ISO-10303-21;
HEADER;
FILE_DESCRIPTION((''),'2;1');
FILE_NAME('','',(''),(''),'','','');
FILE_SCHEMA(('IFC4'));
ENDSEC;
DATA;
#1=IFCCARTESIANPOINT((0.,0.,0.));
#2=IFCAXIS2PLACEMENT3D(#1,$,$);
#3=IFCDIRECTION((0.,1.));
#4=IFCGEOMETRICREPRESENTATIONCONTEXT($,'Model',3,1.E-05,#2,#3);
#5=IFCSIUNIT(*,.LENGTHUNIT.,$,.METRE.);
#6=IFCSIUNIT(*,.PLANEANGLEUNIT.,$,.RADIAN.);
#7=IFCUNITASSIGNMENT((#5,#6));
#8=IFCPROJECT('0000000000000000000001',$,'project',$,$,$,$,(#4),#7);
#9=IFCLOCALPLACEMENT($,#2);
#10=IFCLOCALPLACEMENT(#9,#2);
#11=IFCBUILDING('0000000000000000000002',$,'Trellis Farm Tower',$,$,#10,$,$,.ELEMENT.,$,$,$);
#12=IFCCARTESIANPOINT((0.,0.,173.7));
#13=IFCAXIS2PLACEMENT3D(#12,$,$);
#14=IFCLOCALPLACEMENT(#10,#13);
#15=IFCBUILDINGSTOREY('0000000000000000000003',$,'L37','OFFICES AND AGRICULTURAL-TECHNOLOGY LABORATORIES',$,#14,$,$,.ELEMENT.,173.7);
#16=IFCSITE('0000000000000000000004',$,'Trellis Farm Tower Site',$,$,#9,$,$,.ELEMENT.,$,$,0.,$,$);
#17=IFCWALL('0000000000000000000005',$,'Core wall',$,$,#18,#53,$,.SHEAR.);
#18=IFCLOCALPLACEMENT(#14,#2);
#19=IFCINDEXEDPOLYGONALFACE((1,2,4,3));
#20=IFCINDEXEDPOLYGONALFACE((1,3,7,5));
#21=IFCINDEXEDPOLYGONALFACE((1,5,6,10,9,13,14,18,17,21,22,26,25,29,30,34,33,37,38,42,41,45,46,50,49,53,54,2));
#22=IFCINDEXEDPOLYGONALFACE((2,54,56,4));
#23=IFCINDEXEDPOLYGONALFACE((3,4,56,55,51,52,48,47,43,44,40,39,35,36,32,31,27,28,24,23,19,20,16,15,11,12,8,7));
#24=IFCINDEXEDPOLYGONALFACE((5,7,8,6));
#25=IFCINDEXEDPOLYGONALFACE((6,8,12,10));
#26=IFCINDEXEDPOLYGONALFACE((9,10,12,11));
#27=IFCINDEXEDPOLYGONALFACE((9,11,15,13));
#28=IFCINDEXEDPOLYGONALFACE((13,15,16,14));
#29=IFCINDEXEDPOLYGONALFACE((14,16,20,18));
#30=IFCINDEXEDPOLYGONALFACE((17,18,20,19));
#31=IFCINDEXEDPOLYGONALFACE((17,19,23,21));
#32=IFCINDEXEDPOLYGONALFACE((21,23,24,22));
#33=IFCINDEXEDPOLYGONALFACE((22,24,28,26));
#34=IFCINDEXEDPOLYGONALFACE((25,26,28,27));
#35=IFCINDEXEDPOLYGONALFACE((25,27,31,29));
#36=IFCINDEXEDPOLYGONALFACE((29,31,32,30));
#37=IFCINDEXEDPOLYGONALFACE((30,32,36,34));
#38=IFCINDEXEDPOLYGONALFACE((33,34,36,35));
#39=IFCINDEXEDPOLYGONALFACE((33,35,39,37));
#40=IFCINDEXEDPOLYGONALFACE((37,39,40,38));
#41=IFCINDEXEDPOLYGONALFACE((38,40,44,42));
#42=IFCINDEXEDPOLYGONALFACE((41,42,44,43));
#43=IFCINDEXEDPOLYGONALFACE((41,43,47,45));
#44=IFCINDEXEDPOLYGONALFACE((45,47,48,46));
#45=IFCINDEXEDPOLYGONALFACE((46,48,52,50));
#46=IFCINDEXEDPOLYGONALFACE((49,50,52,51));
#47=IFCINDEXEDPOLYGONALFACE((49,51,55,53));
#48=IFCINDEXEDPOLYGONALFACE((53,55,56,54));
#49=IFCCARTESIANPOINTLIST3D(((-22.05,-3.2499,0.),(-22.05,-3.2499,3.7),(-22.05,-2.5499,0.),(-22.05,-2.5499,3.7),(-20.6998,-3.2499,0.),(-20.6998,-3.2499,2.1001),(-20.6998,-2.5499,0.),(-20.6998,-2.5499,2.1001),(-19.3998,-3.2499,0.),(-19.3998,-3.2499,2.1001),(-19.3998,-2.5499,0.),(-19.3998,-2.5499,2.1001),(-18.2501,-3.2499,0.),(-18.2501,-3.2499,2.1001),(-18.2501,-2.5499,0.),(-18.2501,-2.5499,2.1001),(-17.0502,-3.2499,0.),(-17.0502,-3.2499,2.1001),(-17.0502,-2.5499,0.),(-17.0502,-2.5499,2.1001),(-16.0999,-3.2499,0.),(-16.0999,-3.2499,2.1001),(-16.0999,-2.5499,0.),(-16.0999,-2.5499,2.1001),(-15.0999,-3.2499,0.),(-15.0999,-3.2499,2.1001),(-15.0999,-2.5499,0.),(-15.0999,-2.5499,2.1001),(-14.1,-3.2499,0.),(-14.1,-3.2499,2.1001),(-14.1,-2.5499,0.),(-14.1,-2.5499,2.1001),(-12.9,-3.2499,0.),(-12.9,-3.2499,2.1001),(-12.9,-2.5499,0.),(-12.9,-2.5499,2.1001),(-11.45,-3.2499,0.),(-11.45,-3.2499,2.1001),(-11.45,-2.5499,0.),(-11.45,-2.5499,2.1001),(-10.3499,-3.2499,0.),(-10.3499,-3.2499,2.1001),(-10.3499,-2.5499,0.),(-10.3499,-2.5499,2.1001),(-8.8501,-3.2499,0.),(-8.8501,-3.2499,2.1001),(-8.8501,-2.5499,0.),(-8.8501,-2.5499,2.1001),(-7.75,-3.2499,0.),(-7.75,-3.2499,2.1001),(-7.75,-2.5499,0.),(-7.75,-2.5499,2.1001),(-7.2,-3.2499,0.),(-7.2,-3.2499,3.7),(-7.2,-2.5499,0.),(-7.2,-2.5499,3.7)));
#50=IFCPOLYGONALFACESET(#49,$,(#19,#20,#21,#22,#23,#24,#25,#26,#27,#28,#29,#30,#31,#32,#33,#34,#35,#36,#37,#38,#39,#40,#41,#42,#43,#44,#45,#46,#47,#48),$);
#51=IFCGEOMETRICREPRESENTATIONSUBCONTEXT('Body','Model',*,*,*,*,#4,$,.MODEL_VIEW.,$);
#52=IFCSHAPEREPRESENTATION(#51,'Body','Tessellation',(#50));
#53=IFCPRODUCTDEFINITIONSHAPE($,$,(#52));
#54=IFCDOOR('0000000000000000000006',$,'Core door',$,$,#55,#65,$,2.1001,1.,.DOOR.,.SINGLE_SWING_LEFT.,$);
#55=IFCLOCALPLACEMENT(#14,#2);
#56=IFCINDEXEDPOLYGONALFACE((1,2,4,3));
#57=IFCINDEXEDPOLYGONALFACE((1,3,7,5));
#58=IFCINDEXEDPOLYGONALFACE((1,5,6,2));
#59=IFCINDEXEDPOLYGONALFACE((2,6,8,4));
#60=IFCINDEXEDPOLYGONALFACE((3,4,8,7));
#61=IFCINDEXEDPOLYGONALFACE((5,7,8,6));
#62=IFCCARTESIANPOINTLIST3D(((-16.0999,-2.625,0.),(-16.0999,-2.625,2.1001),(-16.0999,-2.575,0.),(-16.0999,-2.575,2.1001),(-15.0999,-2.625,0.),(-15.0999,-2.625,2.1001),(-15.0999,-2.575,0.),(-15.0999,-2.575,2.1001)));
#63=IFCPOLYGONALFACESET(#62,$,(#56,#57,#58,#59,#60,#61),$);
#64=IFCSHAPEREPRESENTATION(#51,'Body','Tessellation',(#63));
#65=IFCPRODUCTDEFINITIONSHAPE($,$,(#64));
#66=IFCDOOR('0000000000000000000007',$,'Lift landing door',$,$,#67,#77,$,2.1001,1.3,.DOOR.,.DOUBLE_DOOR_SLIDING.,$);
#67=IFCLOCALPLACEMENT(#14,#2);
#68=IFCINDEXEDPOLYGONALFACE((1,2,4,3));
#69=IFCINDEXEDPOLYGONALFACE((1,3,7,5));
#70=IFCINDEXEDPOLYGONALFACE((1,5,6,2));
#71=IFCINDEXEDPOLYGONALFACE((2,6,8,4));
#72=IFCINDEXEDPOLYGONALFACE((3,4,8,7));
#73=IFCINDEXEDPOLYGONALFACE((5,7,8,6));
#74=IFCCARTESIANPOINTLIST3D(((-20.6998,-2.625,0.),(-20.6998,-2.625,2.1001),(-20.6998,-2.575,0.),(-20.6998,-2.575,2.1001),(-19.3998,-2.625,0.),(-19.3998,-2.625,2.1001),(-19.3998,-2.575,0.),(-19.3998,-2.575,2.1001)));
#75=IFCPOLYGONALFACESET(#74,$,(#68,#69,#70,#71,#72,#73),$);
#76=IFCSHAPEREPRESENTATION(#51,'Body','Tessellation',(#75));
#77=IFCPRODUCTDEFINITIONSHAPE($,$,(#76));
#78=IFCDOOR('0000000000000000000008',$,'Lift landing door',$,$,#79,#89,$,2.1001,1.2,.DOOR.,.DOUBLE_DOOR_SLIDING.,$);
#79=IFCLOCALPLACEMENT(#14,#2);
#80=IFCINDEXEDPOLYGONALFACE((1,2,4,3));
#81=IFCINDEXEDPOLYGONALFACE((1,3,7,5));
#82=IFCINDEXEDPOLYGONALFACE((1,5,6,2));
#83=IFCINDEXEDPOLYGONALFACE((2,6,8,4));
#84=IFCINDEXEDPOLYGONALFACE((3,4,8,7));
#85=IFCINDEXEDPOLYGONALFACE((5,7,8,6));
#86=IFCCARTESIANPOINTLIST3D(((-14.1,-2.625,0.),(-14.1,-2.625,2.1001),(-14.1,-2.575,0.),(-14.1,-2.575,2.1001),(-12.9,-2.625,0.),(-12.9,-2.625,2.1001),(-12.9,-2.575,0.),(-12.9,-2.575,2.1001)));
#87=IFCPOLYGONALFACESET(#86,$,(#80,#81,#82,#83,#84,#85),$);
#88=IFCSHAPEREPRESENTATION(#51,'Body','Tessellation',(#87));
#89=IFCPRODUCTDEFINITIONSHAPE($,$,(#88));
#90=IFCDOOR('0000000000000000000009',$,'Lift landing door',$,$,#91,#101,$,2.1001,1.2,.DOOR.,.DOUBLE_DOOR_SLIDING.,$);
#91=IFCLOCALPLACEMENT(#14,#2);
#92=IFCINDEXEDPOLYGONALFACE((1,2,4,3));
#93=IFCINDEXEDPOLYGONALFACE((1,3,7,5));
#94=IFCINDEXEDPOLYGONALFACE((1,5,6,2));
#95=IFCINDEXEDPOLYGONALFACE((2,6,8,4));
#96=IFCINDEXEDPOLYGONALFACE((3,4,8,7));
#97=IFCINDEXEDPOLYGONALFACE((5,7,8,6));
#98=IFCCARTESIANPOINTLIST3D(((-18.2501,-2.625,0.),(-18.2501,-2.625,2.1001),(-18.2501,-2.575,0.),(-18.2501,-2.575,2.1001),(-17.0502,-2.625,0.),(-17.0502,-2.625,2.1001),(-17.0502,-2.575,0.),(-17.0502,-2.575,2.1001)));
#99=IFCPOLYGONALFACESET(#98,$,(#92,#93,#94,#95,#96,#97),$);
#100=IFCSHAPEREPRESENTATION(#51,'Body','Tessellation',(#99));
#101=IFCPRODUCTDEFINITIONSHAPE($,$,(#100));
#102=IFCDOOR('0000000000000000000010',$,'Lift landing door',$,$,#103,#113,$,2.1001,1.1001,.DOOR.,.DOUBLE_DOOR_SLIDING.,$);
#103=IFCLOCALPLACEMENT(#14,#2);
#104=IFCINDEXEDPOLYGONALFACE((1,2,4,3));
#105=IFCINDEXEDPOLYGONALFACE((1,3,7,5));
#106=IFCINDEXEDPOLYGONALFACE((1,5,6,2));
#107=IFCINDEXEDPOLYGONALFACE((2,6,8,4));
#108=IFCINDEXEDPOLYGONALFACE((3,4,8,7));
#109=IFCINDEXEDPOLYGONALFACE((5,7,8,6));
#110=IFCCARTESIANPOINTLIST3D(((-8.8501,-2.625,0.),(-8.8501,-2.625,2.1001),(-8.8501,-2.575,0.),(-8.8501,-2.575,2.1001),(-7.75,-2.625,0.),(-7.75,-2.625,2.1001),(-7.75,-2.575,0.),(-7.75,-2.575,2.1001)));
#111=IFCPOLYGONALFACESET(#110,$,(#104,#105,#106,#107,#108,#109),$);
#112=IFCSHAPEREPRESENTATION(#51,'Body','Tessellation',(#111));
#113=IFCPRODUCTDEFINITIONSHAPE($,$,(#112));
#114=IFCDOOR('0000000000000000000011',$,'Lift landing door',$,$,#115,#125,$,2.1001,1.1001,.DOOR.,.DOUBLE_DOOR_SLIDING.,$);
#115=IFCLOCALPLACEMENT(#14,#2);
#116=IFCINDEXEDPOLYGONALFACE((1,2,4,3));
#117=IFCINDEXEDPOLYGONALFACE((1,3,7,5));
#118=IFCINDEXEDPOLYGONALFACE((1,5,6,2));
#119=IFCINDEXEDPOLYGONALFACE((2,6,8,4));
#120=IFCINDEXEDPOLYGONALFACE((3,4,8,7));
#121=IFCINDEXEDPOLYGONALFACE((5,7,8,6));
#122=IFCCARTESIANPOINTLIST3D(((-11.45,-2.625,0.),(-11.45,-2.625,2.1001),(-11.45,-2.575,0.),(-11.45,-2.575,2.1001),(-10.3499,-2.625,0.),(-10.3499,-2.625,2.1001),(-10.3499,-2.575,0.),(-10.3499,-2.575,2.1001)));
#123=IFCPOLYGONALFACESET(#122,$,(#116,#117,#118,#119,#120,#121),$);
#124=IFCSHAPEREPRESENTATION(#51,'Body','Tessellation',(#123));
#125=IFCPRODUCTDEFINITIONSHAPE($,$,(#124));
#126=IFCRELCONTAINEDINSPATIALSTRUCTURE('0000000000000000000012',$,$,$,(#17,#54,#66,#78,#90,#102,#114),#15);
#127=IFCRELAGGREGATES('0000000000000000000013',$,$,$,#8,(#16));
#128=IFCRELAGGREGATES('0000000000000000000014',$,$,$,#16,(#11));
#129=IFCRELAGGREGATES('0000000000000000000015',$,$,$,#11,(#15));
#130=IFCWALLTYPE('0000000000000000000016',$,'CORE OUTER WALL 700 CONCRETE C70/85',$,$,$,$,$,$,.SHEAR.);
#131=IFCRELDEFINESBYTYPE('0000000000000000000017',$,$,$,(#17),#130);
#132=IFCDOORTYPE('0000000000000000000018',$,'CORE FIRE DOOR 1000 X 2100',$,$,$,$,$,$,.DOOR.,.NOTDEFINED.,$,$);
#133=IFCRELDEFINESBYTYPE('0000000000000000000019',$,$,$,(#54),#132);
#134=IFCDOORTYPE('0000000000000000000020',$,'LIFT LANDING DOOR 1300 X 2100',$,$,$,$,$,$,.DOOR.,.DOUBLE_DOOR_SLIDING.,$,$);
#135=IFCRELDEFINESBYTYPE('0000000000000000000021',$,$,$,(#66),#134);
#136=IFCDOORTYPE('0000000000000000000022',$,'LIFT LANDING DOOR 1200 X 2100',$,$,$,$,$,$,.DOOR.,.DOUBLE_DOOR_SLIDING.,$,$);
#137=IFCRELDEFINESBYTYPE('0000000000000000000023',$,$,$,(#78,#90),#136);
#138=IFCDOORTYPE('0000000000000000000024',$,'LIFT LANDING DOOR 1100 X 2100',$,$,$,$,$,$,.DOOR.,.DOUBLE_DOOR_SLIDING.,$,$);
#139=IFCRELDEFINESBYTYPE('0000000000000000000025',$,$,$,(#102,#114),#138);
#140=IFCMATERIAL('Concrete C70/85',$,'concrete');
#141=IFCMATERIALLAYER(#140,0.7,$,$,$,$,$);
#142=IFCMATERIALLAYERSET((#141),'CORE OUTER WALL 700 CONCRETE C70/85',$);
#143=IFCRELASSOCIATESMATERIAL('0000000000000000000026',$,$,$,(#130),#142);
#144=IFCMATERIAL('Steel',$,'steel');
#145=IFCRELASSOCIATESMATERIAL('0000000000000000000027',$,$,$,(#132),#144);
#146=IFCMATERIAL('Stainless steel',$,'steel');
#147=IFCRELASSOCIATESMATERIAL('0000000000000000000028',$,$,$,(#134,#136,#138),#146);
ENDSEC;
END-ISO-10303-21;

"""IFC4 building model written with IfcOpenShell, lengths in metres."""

from ifc_helpers import new_model, si_unit, direction, frame, frame_2d, origin, place, context, subcontext, project, spatial, rectangle, extrude, source, transform, mapped, material, layer, layer_set, type_object, element, fill, save


model = new_model("IFC4")

# Units and contexts
model_context = context("Model", 3, precision=1e-05, world=origin(), true_north=direction((0.0, 1.0)))
body_context = subcontext(model_context, "Body", "Model", "MODEL_VIEW")
ifc_project = project(units=[si_unit("LENGTHUNIT", "METRE"), si_unit("PLANEANGLEUNIT", "RADIAN")], contexts=[model_context])

# Site, building, storey
site_placement = place(None, origin())
site = spatial("IfcSite", under=ifc_project, at=site_placement, Name="Trellis Farm Tower Site", CompositionType="ELEMENT", RefElevation=0.0)
building_placement = place(site_placement, origin())
building = spatial("IfcBuilding", under=site, at=building_placement, Name="Trellis Farm Tower", CompositionType="ELEMENT")
storey_placement = place(building_placement, frame((0.0, 0.0, 173.7)))
storey = spatial("IfcBuildingStorey", under=building, at=storey_placement, Name="L37", Description="OFFICES AND AGRICULTURAL-TECHNOLOGY LABORATORIES", CompositionType="ELEMENT", Elevation=173.7)

# Shared definitions
ifc_material_1 = material(Name="Concrete C70/85", Category="concrete")

# Shared definitions
ifc_material_2 = material(Name="Steel", Category="steel")

# Wall, openings, doors
ifc_layer_1 = layer(ifc_material_1, 0.7)
ifc_layer_set_1 = layer_set([ifc_layer_1], Name="CORE OUTER WALL 700 CONCRETE C70/85")
wall_type_1 = type_object("IfcWallType", Name="CORE OUTER WALL 700 CONCRETE C70/85", PredefinedType="SHEAR", material=ifc_layer_set_1)
shared_shape_1 = source(origin(), body_context, "Body", "SweptSolid", [
    extrude(rectangle(XDim=14.8501, YDim=0.7, at=frame_2d((7.425, 0.0))), origin(), (0.0, 0.0, 1.0), 3.7),
])
wall_1_placement = place(storey_placement, frame((-7.2, -2.8999, 0.0), z_axis=(0.0, 0.0, 1.0), x_axis=(-1.0, 0.0, 0.0)))
wall_1 = element("IfcWall", 1, at=wall_1_placement, inside=storey, type_object=wall_type_1, Name="Core wall", PredefinedType="SHEAR", context=body_context, shape_type="MappedRepresentation", body=[
    mapped(shared_shape_1, transform((0.0, 0.0, 0.0))),
])
shared_shape_2 = source(origin(), body_context, "Body", "SweptSolid", [
    extrude(rectangle(XDim=1.1001, YDim=2.1001, at=frame_2d((0.55, 1.05))), frame((0.0, 0.3601, 0.0), z_axis=(0.0, -1.0, 0.0), x_axis=(1.0, 0.0, 0.0)), (0.0, 0.0, 1.0), 0.7202),
])
opening_1_placement = place(wall_1_placement, frame((0.55, 0.0, 0.0)))
opening_1 = element("IfcOpeningElement", 2, at=opening_1_placement, cuts=wall_1, PredefinedType="OPENING", context=body_context, shape_type="MappedRepresentation", body=[
    mapped(shared_shape_2, transform((0.0, 0.0, 0.0))),
])
opening_2_placement = place(wall_1_placement, frame((3.1499, 0.0, 0.0)))
opening_2 = element("IfcOpeningElement", 3, at=opening_2_placement, cuts=wall_1, PredefinedType="OPENING", context=body_context, shape_type="MappedRepresentation", body=[
    mapped(shared_shape_2, transform((0.0, 0.0, 0.0))),
])
shared_shape_3 = source(origin(), body_context, "Body", "SweptSolid", [
    extrude(rectangle(XDim=1.2, YDim=2.1001, at=frame_2d((0.6001, 1.05))), frame((0.0, 0.3601, 0.0), z_axis=(0.0, -1.0, 0.0), x_axis=(1.0, 0.0, 0.0)), (0.0, 0.0, 1.0), 0.7202),
])
opening_3_placement = place(wall_1_placement, frame((5.7, 0.0, 0.0)))
opening_3 = element("IfcOpeningElement", 4, at=opening_3_placement, cuts=wall_1, PredefinedType="OPENING", context=body_context, shape_type="MappedRepresentation", body=[
    mapped(shared_shape_3, transform((0.0, 0.0, 0.0))),
])
shared_shape_4 = source(origin(), body_context, "Body", "SweptSolid", [
    extrude(rectangle(XDim=1.3, YDim=2.1001, at=frame_2d((0.6499, 1.05))), frame((0.0, 0.3601, 0.0), z_axis=(0.0, -1.0, 0.0), x_axis=(1.0, 0.0, 0.0)), (0.0, 0.0, 1.0), 0.7202),
])
opening_4_placement = place(wall_1_placement, frame((12.2, 0.0, 0.0)))
opening_4 = element("IfcOpeningElement", 5, at=opening_4_placement, cuts=wall_1, PredefinedType="OPENING", context=body_context, shape_type="MappedRepresentation", body=[
    mapped(shared_shape_4, transform((0.0, 0.0, 0.0))),
])
opening_5_placement = place(wall_1_placement, frame((9.8501, 0.0, 0.0)))
opening_5 = element("IfcOpeningElement", 6, at=opening_5_placement, cuts=wall_1, PredefinedType="OPENING", context=body_context, shape_type="MappedRepresentation", body=[
    mapped(shared_shape_3, transform((0.0, 0.0, 0.0))),
])
shared_shape_5 = source(origin(), body_context, "Body", "SweptSolid", [
    extrude(rectangle(XDim=1.0, YDim=2.1001, at=frame_2d((0.5, 1.05))), frame((0.0, 0.3601, 0.0), z_axis=(0.0, -1.0, 0.0), x_axis=(1.0, 0.0, 0.0)), (0.0, 0.0, 1.0), 0.7202),
])
opening_6_placement = place(wall_1_placement, frame((7.8999, 0.0, 0.0)))
opening_6 = element("IfcOpeningElement", 7, at=opening_6_placement, cuts=wall_1, PredefinedType="OPENING", context=body_context, shape_type="MappedRepresentation", body=[
    mapped(shared_shape_5, transform((0.0, 0.0, 0.0))),
])
door_type_1 = type_object("IfcDoorType", Name="CORE FIRE DOOR 1000 X 2100", OperationType="NOTDEFINED", PredefinedType="DOOR", material=ifc_material_2)
shared_shape_6 = source(origin(), body_context, "Body", "SweptSolid", [
    extrude(rectangle(XDim=1.0, YDim=2.1001, at=frame_2d((0.5, 1.05))), frame((0.0, -0.2749, 0.0), z_axis=(0.0, -1.0, 0.0), x_axis=(1.0, 0.0, 0.0)), (0.0, 0.0, 1.0), 0.05),
])
door_1_placement = place(opening_6_placement, origin())
door_1 = element("IfcDoor", 8, at=door_1_placement, inside=storey, type_object=door_type_1, Name="Core door", OperationType="SINGLE_SWING_LEFT", OverallHeight=2.1001, OverallWidth=1.0, PredefinedType="DOOR", context=body_context, shape_type="MappedRepresentation", body=[
    mapped(shared_shape_6, transform((0.0, 0.0, 0.0))),
])
fill(opening_6, door_1)
ifc_material_3 = material(Name="Stainless steel", Category="steel")
door_type_2 = type_object("IfcDoorType", Name="LIFT LANDING DOOR 1300 X 2100", OperationType="DOUBLE_DOOR_SLIDING", PredefinedType="DOOR", material=ifc_material_3)
shared_shape_7 = source(origin(), body_context, "Body", "SweptSolid", [
    extrude(rectangle(XDim=1.3, YDim=2.1001, at=frame_2d((0.6499, 1.05))), frame((0.0, -0.2749, 0.0), z_axis=(0.0, -1.0, 0.0), x_axis=(1.0, 0.0, 0.0)), (0.0, 0.0, 1.0), 0.05),
])
door_2_placement = place(opening_4_placement, origin())
door_2 = element("IfcDoor", 9, at=door_2_placement, inside=storey, type_object=door_type_2, Name="Lift landing door", OperationType="DOUBLE_DOOR_SLIDING", OverallHeight=2.1001, OverallWidth=1.3, PredefinedType="DOOR", context=body_context, shape_type="MappedRepresentation", body=[
    mapped(shared_shape_7, transform((0.0, 0.0, 0.0))),
])
fill(opening_4, door_2)
door_type_3 = type_object("IfcDoorType", Name="LIFT LANDING DOOR 1200 X 2100", OperationType="DOUBLE_DOOR_SLIDING", PredefinedType="DOOR", material=ifc_material_3)
shared_shape_8 = source(origin(), body_context, "Body", "SweptSolid", [
    extrude(rectangle(XDim=1.2, YDim=2.1001, at=frame_2d((0.6001, 1.05))), frame((0.0, -0.2749, 0.0), z_axis=(0.0, -1.0, 0.0), x_axis=(1.0, 0.0, 0.0)), (0.0, 0.0, 1.0), 0.05),
])
door_3_placement = place(opening_3_placement, origin())
door_3 = element("IfcDoor", 10, at=door_3_placement, inside=storey, type_object=door_type_3, Name="Lift landing door", OperationType="DOUBLE_DOOR_SLIDING", OverallHeight=2.1001, OverallWidth=1.2, PredefinedType="DOOR", context=body_context, shape_type="MappedRepresentation", body=[
    mapped(shared_shape_8, transform((0.0, 0.0, 0.0))),
])
fill(opening_3, door_3)
door_4_placement = place(opening_5_placement, origin())
door_4 = element("IfcDoor", 11, at=door_4_placement, inside=storey, type_object=door_type_3, Name="Lift landing door", OperationType="DOUBLE_DOOR_SLIDING", OverallHeight=2.1001, OverallWidth=1.2, PredefinedType="DOOR", context=body_context, shape_type="MappedRepresentation", body=[
    mapped(shared_shape_8, transform((0.0, 0.0, 0.0))),
])
fill(opening_5, door_4)
door_type_4 = type_object("IfcDoorType", Name="LIFT LANDING DOOR 1100 X 2100", OperationType="DOUBLE_DOOR_SLIDING", PredefinedType="DOOR", material=ifc_material_3)
shared_shape_9 = source(origin(), body_context, "Body", "SweptSolid", [
    extrude(rectangle(XDim=1.1001, YDim=2.1001, at=frame_2d((0.55, 1.05))), frame((0.0, -0.2749, 0.0), z_axis=(0.0, -1.0, 0.0), x_axis=(1.0, 0.0, 0.0)), (0.0, 0.0, 1.0), 0.05),
])
door_5_placement = place(opening_1_placement, origin())
door_5 = element("IfcDoor", 12, at=door_5_placement, inside=storey, type_object=door_type_4, Name="Lift landing door", OperationType="DOUBLE_DOOR_SLIDING", OverallHeight=2.1001, OverallWidth=1.1001, PredefinedType="DOOR", context=body_context, shape_type="MappedRepresentation", body=[
    mapped(shared_shape_9, transform((0.0, 0.0, 0.0))),
])
fill(opening_1, door_5)
door_6_placement = place(opening_2_placement, origin())
door_6 = element("IfcDoor", 13, at=door_6_placement, inside=storey, type_object=door_type_4, Name="Lift landing door", OperationType="DOUBLE_DOOR_SLIDING", OverallHeight=2.1001, OverallWidth=1.1001, PredefinedType="DOOR", context=body_context, shape_type="MappedRepresentation", body=[
    mapped(shared_shape_9, transform((0.0, 0.0, 0.0))),
])
fill(opening_2, door_6)

save(model, "model.ifc")
